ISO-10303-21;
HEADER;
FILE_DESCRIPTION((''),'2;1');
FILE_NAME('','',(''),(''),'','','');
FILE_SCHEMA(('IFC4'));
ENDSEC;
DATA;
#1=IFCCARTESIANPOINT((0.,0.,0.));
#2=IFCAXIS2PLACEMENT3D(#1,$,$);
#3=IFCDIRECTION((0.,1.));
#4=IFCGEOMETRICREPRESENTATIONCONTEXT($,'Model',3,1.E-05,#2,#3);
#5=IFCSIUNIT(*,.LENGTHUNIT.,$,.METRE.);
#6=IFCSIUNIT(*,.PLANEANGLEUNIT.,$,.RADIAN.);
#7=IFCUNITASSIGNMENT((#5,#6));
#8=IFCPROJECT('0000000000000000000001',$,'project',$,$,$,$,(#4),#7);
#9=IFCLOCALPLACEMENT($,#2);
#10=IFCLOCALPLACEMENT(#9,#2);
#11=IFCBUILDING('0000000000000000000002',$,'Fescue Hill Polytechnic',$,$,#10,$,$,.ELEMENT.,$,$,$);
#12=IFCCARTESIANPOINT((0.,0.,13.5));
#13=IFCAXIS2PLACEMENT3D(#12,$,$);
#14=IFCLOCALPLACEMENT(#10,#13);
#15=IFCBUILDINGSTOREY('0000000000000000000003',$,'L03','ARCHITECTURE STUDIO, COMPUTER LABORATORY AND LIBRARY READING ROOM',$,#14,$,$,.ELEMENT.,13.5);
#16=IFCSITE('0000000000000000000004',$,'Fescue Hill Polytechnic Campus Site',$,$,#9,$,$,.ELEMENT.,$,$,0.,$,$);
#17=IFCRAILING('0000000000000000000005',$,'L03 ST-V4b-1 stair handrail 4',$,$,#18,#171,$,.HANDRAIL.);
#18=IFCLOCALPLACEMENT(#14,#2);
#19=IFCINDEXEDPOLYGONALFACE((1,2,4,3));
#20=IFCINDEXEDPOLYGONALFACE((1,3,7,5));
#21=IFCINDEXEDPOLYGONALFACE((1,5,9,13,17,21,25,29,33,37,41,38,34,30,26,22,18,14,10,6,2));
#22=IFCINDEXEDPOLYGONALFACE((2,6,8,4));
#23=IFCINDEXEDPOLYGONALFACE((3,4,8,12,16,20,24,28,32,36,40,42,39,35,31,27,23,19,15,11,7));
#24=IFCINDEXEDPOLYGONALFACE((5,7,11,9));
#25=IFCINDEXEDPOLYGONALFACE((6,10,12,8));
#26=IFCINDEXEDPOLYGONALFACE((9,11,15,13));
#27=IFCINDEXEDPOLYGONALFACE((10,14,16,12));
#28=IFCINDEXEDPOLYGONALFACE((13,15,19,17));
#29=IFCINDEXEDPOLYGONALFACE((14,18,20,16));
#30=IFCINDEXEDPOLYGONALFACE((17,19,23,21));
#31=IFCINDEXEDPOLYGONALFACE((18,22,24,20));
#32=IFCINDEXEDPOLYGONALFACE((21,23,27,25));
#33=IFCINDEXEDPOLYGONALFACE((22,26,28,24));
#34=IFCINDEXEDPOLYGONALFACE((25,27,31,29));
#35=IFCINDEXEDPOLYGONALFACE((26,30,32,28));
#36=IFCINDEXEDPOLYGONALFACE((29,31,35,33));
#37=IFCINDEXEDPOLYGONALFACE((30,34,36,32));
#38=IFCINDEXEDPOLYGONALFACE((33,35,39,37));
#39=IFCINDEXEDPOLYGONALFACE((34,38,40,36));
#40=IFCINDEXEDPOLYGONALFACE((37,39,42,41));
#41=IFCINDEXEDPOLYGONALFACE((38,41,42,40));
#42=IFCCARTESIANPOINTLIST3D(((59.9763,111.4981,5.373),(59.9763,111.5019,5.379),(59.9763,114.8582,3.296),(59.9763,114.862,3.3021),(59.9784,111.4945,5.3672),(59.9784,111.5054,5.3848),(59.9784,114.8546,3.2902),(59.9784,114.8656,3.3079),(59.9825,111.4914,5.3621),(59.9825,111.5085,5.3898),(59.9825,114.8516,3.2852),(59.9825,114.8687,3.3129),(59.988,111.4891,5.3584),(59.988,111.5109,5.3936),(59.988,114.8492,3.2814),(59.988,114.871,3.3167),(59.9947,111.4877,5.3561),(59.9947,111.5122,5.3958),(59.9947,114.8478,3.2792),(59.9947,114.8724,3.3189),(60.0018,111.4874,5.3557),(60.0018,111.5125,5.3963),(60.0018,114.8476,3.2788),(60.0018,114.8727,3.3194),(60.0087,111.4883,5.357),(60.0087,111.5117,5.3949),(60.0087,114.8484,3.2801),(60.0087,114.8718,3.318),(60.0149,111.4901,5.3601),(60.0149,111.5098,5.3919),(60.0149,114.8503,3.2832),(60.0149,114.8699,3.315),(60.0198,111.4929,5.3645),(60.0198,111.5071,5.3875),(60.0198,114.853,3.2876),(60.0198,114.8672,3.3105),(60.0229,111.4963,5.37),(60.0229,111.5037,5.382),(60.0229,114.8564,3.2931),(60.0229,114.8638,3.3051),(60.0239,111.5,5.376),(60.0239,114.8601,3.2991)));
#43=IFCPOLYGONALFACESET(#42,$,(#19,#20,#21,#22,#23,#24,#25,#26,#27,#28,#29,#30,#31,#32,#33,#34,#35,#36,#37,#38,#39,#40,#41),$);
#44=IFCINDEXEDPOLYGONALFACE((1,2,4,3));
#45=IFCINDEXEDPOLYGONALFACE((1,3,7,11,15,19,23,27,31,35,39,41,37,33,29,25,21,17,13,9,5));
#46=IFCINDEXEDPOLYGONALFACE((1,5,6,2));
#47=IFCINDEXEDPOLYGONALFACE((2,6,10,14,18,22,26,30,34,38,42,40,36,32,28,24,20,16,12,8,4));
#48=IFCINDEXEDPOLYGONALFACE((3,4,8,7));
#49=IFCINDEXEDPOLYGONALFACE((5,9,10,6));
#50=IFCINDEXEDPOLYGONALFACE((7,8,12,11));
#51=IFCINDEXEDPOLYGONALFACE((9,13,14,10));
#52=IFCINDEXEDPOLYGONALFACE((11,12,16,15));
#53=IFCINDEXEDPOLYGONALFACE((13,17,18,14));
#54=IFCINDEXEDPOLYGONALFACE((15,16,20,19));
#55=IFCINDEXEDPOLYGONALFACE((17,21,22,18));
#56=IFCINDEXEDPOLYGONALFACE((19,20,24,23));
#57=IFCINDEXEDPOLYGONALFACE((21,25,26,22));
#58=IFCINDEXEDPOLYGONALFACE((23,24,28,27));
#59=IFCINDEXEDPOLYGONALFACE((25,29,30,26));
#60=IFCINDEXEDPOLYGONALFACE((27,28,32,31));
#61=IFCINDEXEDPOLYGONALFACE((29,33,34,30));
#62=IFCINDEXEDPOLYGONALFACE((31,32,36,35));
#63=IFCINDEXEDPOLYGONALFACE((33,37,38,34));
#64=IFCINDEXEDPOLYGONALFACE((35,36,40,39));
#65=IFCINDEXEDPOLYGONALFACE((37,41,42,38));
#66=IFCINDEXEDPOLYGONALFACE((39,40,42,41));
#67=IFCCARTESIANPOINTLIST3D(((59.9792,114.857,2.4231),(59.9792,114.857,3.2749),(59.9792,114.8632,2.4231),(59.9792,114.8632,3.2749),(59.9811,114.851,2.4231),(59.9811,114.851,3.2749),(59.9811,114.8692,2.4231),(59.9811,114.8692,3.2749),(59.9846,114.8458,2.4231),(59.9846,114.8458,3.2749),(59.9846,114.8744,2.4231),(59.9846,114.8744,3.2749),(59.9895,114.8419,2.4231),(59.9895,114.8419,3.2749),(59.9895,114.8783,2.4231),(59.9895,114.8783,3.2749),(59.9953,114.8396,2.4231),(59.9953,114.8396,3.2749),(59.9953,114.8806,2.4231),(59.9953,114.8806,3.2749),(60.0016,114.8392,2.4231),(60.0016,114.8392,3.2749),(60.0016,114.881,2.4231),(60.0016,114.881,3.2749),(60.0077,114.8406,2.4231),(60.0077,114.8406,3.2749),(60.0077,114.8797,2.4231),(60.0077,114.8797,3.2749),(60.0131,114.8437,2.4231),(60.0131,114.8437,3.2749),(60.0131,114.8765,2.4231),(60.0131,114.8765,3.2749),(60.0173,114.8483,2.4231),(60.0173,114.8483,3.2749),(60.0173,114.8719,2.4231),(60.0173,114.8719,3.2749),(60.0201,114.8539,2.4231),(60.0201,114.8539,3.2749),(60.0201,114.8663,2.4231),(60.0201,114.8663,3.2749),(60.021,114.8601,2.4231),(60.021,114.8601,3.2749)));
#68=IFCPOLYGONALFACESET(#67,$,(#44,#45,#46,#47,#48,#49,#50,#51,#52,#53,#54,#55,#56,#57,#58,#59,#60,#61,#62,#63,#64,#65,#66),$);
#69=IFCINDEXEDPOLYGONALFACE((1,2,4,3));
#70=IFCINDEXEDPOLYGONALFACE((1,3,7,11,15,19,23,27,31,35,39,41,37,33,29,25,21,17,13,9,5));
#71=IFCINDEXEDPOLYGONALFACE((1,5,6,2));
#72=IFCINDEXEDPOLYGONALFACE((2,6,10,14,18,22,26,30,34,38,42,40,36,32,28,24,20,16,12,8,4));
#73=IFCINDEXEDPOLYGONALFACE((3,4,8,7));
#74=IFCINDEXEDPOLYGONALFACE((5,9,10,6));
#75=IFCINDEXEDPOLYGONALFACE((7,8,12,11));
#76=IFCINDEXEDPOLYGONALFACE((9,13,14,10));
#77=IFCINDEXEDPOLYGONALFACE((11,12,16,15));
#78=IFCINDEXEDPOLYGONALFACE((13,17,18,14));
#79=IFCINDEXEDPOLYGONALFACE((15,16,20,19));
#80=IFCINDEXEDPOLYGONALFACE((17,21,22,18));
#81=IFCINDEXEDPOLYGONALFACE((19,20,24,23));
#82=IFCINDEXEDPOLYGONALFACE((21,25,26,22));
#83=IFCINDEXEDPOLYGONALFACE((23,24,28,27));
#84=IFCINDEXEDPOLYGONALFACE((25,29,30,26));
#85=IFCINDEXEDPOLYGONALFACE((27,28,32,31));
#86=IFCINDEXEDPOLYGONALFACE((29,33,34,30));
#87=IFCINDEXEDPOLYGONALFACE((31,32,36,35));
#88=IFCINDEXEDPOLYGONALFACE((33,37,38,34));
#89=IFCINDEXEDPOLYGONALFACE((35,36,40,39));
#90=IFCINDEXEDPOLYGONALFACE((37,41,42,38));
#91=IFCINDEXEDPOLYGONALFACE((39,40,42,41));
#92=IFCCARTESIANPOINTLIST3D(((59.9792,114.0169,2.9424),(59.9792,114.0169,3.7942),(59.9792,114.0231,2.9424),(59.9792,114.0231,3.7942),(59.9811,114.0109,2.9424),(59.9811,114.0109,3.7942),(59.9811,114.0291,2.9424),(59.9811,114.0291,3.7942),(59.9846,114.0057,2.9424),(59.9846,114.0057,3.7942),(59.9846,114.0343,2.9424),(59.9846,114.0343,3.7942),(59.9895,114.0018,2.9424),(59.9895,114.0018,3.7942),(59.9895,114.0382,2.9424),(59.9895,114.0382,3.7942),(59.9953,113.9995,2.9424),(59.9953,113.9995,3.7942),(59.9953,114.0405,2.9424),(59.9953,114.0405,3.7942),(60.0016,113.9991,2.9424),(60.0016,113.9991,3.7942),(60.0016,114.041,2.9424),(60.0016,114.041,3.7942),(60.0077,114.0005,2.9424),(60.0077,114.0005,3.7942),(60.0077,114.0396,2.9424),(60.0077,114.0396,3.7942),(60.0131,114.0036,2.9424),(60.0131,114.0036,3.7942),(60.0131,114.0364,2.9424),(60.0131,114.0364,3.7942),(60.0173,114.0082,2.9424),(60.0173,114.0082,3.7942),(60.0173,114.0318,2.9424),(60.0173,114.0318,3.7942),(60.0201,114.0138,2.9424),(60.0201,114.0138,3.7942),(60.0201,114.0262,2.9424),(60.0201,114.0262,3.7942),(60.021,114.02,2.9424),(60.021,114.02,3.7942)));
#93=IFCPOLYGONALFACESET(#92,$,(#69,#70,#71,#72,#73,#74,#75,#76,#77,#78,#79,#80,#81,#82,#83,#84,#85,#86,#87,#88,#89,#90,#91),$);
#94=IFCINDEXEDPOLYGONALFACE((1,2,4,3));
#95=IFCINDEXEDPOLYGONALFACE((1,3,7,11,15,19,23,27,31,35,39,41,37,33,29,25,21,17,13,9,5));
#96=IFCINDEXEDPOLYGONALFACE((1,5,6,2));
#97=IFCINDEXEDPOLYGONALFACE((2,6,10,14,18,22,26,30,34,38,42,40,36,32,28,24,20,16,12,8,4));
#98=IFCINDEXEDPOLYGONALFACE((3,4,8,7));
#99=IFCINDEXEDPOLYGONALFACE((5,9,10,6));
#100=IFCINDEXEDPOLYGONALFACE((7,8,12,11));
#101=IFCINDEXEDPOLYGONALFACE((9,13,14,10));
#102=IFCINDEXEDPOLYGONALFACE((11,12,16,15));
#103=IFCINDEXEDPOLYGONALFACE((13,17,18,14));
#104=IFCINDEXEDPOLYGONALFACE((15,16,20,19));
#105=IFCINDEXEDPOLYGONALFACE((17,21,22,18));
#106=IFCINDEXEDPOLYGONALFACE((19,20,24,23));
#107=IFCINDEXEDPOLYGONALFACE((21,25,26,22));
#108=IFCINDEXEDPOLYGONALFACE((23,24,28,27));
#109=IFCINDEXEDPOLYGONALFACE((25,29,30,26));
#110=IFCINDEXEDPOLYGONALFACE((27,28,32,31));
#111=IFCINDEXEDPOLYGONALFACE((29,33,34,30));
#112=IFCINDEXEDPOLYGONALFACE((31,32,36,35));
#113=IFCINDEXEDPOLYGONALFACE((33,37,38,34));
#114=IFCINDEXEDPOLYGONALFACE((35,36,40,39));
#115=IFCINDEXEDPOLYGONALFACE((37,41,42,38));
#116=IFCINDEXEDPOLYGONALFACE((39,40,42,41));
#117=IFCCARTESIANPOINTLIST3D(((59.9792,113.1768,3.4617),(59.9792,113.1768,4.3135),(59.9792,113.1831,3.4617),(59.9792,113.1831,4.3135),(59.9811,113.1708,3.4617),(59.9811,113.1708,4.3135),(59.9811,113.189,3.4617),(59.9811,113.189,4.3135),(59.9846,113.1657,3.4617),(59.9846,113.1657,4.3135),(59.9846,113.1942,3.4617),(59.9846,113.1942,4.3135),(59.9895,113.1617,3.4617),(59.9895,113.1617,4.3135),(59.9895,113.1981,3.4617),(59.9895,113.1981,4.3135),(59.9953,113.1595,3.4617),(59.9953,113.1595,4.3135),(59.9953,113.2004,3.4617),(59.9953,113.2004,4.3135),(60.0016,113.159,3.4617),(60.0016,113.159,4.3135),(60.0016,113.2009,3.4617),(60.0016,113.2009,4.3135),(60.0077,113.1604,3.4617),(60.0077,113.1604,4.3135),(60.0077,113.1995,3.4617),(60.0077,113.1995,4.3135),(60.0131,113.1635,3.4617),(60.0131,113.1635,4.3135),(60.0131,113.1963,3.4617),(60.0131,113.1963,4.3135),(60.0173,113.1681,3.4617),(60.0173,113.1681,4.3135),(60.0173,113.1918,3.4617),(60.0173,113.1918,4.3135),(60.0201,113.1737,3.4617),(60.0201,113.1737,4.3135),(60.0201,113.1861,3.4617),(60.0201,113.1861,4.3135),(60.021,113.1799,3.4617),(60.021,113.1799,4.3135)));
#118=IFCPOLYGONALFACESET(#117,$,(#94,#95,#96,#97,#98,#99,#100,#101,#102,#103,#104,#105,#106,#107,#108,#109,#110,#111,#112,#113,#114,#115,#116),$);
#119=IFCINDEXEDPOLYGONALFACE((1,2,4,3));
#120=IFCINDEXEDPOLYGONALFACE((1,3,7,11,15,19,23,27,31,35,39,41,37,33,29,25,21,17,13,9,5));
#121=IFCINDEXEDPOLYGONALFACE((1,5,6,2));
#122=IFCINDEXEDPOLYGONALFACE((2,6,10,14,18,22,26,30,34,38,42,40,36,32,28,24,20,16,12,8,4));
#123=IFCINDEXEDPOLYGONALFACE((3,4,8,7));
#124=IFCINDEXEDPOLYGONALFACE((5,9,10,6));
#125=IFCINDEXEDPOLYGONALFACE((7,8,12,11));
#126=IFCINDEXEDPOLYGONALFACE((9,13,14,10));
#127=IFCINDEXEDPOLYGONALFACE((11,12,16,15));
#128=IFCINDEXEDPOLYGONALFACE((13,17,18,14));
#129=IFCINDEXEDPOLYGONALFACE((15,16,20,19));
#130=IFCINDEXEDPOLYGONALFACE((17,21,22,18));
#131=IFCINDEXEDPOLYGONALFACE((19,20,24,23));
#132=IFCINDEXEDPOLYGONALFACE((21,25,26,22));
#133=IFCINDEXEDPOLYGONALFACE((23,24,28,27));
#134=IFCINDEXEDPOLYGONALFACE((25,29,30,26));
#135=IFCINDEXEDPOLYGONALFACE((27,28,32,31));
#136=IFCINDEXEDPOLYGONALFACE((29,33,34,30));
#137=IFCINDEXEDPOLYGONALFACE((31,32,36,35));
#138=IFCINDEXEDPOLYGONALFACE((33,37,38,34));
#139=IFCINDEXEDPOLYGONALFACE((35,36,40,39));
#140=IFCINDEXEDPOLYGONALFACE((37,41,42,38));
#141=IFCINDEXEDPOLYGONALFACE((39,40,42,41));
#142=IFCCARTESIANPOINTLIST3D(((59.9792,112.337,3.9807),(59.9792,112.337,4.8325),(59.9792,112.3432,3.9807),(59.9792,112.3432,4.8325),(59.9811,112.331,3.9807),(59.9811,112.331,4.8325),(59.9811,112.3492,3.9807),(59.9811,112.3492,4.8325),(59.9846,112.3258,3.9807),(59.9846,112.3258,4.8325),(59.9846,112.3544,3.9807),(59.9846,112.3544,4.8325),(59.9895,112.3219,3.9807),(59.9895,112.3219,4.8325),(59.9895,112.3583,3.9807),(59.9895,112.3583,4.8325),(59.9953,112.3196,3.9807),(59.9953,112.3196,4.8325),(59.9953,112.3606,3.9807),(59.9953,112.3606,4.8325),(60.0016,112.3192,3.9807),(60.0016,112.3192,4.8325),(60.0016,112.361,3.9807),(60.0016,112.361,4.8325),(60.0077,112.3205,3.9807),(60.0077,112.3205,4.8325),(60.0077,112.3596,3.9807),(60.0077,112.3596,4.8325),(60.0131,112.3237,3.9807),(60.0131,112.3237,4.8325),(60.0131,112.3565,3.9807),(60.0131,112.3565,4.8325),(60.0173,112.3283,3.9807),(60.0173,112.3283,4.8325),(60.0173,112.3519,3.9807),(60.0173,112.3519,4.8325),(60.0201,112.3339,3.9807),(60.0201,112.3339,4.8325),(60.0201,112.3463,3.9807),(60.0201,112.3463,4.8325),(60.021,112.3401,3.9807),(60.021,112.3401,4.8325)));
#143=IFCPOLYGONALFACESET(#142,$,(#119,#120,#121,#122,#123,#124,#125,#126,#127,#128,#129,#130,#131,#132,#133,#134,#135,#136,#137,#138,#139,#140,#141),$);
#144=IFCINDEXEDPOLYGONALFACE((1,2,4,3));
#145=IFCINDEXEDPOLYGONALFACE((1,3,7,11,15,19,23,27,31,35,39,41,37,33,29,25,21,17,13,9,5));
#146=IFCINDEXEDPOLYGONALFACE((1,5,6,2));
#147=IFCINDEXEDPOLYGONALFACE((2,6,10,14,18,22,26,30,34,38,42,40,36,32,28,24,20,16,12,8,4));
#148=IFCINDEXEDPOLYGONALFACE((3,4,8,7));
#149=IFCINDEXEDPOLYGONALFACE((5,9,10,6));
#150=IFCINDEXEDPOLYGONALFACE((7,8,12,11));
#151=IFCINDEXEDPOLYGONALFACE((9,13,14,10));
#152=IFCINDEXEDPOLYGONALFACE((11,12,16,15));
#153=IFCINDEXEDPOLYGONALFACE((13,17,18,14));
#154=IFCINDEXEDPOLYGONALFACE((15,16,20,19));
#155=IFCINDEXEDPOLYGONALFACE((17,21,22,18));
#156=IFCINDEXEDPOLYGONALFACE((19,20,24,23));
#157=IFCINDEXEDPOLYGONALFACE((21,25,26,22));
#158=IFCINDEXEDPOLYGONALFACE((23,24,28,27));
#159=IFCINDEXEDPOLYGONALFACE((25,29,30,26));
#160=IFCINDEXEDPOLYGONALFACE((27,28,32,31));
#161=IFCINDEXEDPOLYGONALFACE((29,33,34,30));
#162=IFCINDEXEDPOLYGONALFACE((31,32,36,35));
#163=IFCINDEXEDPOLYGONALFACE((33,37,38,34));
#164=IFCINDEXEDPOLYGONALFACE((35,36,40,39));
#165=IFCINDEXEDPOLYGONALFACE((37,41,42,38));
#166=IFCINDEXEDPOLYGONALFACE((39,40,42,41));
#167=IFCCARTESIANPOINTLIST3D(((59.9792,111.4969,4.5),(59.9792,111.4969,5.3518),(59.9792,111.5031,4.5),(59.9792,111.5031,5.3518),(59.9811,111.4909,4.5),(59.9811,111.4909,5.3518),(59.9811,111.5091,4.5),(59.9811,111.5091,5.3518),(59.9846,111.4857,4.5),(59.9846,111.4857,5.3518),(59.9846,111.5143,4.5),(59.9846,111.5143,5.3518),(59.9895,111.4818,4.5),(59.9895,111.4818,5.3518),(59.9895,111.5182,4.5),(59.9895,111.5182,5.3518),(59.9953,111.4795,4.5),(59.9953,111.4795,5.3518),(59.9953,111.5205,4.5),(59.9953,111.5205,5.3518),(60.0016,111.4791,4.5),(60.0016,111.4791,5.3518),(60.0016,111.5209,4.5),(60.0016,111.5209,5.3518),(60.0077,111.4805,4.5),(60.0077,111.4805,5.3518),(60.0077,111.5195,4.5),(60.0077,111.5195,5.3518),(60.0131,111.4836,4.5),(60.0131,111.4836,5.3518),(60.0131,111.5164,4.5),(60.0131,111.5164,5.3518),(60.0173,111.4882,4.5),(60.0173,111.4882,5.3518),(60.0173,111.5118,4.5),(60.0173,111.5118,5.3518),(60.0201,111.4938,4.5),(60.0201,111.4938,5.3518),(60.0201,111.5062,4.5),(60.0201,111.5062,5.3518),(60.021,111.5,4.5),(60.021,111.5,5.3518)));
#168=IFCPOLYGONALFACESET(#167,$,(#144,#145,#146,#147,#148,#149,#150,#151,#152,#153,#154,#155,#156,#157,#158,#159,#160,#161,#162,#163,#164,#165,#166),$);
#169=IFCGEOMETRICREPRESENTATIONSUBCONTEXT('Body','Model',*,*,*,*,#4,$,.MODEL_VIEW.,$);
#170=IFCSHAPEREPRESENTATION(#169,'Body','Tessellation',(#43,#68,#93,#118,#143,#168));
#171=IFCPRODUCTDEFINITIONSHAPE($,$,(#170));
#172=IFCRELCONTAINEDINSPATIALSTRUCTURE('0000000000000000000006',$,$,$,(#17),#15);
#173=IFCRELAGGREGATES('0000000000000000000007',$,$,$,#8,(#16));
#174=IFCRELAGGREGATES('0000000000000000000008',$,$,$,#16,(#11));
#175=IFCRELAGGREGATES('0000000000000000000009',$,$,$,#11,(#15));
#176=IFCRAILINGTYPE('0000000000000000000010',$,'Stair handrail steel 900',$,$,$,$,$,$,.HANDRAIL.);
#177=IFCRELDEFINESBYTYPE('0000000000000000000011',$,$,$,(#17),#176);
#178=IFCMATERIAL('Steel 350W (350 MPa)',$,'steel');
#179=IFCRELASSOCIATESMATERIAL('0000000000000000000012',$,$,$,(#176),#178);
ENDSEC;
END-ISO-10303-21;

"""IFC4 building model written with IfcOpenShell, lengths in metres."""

from ifc_helpers import new_model, si_unit, direction, frame, origin, origin_2d, place, context, subcontext, project, spatial, circle, extrude, material, type_object, element, save


model = new_model("IFC4")

# Units and contexts
model_context = context("Model", 3, precision=1e-05, world=origin(), true_north=direction((0.0, 1.0)))
body_context = subcontext(model_context, "Body", "Model", "MODEL_VIEW")
ifc_project = project(units=[si_unit("LENGTHUNIT", "METRE"), si_unit("PLANEANGLEUNIT", "RADIAN")], contexts=[model_context])

# Site, building, storey
site_placement = place(None, origin())
site = spatial("IfcSite", under=ifc_project, at=site_placement, Name="Fescue Hill Polytechnic Campus Site", CompositionType="ELEMENT", RefElevation=0.0)
building_placement = place(site_placement, origin())
building = spatial("IfcBuilding", under=site, at=building_placement, Name="Fescue Hill Polytechnic", CompositionType="ELEMENT")
storey_placement = place(building_placement, frame((0.0, 0.0, 13.5)))
storey = spatial("IfcBuildingStorey", under=building, at=storey_placement, Name="L03", Description="ARCHITECTURE STUDIO, COMPUTER LABORATORY AND LIBRARY READING ROOM", CompositionType="ELEMENT", Elevation=13.5)

# Railing
ifc_material_1 = material(Name="Steel 350W (350 MPa)", Category="steel")
railing_type_1 = type_object("IfcRailingType", Name="Stair handrail steel 900", PredefinedType="HANDRAIL", material=ifc_material_1)
railing_1_placement = place(storey_placement, frame((60.0, 114.8601, 2.4231)))
element("IfcRailing", 1, at=railing_1_placement, inside=storey, type_object=railing_type_1, Name="L03 ST-V4b-1 stair handrail 4", PredefinedType="HANDRAIL", context=body_context, shape_type="SweptSolid", body=[
    extrude(circle(Radius=0.0239, at=origin_2d()), frame((0.0, 0.0, 0.876), z_axis=(0.0, -0.850623, 0.525776), x_axis=(1.0, 0.0, 0.0)), (0.0, 0.0, 1.0), 3.9502),
    extrude(circle(Radius=0.021, at=origin_2d()), origin(), (0.0, 0.0, 1.0), 0.8518),
    extrude(circle(Radius=0.021, at=origin_2d()), frame((0.0, -0.8401, 0.5193)), (0.0, 0.0, 1.0), 0.8518),
    extrude(circle(Radius=0.021, at=origin_2d()), frame((0.0, -1.6802, 1.0386)), (0.0, 0.0, 1.0), 0.8518),
    extrude(circle(Radius=0.021, at=origin_2d()), frame((0.0, -2.52, 1.5576)), (0.0, 0.0, 1.0), 0.8518),
    extrude(circle(Radius=0.021, at=origin_2d()), frame((0.0, -3.3601, 2.0769)), (0.0, 0.0, 1.0), 0.8518),
])

save(model, "model.ifc")
